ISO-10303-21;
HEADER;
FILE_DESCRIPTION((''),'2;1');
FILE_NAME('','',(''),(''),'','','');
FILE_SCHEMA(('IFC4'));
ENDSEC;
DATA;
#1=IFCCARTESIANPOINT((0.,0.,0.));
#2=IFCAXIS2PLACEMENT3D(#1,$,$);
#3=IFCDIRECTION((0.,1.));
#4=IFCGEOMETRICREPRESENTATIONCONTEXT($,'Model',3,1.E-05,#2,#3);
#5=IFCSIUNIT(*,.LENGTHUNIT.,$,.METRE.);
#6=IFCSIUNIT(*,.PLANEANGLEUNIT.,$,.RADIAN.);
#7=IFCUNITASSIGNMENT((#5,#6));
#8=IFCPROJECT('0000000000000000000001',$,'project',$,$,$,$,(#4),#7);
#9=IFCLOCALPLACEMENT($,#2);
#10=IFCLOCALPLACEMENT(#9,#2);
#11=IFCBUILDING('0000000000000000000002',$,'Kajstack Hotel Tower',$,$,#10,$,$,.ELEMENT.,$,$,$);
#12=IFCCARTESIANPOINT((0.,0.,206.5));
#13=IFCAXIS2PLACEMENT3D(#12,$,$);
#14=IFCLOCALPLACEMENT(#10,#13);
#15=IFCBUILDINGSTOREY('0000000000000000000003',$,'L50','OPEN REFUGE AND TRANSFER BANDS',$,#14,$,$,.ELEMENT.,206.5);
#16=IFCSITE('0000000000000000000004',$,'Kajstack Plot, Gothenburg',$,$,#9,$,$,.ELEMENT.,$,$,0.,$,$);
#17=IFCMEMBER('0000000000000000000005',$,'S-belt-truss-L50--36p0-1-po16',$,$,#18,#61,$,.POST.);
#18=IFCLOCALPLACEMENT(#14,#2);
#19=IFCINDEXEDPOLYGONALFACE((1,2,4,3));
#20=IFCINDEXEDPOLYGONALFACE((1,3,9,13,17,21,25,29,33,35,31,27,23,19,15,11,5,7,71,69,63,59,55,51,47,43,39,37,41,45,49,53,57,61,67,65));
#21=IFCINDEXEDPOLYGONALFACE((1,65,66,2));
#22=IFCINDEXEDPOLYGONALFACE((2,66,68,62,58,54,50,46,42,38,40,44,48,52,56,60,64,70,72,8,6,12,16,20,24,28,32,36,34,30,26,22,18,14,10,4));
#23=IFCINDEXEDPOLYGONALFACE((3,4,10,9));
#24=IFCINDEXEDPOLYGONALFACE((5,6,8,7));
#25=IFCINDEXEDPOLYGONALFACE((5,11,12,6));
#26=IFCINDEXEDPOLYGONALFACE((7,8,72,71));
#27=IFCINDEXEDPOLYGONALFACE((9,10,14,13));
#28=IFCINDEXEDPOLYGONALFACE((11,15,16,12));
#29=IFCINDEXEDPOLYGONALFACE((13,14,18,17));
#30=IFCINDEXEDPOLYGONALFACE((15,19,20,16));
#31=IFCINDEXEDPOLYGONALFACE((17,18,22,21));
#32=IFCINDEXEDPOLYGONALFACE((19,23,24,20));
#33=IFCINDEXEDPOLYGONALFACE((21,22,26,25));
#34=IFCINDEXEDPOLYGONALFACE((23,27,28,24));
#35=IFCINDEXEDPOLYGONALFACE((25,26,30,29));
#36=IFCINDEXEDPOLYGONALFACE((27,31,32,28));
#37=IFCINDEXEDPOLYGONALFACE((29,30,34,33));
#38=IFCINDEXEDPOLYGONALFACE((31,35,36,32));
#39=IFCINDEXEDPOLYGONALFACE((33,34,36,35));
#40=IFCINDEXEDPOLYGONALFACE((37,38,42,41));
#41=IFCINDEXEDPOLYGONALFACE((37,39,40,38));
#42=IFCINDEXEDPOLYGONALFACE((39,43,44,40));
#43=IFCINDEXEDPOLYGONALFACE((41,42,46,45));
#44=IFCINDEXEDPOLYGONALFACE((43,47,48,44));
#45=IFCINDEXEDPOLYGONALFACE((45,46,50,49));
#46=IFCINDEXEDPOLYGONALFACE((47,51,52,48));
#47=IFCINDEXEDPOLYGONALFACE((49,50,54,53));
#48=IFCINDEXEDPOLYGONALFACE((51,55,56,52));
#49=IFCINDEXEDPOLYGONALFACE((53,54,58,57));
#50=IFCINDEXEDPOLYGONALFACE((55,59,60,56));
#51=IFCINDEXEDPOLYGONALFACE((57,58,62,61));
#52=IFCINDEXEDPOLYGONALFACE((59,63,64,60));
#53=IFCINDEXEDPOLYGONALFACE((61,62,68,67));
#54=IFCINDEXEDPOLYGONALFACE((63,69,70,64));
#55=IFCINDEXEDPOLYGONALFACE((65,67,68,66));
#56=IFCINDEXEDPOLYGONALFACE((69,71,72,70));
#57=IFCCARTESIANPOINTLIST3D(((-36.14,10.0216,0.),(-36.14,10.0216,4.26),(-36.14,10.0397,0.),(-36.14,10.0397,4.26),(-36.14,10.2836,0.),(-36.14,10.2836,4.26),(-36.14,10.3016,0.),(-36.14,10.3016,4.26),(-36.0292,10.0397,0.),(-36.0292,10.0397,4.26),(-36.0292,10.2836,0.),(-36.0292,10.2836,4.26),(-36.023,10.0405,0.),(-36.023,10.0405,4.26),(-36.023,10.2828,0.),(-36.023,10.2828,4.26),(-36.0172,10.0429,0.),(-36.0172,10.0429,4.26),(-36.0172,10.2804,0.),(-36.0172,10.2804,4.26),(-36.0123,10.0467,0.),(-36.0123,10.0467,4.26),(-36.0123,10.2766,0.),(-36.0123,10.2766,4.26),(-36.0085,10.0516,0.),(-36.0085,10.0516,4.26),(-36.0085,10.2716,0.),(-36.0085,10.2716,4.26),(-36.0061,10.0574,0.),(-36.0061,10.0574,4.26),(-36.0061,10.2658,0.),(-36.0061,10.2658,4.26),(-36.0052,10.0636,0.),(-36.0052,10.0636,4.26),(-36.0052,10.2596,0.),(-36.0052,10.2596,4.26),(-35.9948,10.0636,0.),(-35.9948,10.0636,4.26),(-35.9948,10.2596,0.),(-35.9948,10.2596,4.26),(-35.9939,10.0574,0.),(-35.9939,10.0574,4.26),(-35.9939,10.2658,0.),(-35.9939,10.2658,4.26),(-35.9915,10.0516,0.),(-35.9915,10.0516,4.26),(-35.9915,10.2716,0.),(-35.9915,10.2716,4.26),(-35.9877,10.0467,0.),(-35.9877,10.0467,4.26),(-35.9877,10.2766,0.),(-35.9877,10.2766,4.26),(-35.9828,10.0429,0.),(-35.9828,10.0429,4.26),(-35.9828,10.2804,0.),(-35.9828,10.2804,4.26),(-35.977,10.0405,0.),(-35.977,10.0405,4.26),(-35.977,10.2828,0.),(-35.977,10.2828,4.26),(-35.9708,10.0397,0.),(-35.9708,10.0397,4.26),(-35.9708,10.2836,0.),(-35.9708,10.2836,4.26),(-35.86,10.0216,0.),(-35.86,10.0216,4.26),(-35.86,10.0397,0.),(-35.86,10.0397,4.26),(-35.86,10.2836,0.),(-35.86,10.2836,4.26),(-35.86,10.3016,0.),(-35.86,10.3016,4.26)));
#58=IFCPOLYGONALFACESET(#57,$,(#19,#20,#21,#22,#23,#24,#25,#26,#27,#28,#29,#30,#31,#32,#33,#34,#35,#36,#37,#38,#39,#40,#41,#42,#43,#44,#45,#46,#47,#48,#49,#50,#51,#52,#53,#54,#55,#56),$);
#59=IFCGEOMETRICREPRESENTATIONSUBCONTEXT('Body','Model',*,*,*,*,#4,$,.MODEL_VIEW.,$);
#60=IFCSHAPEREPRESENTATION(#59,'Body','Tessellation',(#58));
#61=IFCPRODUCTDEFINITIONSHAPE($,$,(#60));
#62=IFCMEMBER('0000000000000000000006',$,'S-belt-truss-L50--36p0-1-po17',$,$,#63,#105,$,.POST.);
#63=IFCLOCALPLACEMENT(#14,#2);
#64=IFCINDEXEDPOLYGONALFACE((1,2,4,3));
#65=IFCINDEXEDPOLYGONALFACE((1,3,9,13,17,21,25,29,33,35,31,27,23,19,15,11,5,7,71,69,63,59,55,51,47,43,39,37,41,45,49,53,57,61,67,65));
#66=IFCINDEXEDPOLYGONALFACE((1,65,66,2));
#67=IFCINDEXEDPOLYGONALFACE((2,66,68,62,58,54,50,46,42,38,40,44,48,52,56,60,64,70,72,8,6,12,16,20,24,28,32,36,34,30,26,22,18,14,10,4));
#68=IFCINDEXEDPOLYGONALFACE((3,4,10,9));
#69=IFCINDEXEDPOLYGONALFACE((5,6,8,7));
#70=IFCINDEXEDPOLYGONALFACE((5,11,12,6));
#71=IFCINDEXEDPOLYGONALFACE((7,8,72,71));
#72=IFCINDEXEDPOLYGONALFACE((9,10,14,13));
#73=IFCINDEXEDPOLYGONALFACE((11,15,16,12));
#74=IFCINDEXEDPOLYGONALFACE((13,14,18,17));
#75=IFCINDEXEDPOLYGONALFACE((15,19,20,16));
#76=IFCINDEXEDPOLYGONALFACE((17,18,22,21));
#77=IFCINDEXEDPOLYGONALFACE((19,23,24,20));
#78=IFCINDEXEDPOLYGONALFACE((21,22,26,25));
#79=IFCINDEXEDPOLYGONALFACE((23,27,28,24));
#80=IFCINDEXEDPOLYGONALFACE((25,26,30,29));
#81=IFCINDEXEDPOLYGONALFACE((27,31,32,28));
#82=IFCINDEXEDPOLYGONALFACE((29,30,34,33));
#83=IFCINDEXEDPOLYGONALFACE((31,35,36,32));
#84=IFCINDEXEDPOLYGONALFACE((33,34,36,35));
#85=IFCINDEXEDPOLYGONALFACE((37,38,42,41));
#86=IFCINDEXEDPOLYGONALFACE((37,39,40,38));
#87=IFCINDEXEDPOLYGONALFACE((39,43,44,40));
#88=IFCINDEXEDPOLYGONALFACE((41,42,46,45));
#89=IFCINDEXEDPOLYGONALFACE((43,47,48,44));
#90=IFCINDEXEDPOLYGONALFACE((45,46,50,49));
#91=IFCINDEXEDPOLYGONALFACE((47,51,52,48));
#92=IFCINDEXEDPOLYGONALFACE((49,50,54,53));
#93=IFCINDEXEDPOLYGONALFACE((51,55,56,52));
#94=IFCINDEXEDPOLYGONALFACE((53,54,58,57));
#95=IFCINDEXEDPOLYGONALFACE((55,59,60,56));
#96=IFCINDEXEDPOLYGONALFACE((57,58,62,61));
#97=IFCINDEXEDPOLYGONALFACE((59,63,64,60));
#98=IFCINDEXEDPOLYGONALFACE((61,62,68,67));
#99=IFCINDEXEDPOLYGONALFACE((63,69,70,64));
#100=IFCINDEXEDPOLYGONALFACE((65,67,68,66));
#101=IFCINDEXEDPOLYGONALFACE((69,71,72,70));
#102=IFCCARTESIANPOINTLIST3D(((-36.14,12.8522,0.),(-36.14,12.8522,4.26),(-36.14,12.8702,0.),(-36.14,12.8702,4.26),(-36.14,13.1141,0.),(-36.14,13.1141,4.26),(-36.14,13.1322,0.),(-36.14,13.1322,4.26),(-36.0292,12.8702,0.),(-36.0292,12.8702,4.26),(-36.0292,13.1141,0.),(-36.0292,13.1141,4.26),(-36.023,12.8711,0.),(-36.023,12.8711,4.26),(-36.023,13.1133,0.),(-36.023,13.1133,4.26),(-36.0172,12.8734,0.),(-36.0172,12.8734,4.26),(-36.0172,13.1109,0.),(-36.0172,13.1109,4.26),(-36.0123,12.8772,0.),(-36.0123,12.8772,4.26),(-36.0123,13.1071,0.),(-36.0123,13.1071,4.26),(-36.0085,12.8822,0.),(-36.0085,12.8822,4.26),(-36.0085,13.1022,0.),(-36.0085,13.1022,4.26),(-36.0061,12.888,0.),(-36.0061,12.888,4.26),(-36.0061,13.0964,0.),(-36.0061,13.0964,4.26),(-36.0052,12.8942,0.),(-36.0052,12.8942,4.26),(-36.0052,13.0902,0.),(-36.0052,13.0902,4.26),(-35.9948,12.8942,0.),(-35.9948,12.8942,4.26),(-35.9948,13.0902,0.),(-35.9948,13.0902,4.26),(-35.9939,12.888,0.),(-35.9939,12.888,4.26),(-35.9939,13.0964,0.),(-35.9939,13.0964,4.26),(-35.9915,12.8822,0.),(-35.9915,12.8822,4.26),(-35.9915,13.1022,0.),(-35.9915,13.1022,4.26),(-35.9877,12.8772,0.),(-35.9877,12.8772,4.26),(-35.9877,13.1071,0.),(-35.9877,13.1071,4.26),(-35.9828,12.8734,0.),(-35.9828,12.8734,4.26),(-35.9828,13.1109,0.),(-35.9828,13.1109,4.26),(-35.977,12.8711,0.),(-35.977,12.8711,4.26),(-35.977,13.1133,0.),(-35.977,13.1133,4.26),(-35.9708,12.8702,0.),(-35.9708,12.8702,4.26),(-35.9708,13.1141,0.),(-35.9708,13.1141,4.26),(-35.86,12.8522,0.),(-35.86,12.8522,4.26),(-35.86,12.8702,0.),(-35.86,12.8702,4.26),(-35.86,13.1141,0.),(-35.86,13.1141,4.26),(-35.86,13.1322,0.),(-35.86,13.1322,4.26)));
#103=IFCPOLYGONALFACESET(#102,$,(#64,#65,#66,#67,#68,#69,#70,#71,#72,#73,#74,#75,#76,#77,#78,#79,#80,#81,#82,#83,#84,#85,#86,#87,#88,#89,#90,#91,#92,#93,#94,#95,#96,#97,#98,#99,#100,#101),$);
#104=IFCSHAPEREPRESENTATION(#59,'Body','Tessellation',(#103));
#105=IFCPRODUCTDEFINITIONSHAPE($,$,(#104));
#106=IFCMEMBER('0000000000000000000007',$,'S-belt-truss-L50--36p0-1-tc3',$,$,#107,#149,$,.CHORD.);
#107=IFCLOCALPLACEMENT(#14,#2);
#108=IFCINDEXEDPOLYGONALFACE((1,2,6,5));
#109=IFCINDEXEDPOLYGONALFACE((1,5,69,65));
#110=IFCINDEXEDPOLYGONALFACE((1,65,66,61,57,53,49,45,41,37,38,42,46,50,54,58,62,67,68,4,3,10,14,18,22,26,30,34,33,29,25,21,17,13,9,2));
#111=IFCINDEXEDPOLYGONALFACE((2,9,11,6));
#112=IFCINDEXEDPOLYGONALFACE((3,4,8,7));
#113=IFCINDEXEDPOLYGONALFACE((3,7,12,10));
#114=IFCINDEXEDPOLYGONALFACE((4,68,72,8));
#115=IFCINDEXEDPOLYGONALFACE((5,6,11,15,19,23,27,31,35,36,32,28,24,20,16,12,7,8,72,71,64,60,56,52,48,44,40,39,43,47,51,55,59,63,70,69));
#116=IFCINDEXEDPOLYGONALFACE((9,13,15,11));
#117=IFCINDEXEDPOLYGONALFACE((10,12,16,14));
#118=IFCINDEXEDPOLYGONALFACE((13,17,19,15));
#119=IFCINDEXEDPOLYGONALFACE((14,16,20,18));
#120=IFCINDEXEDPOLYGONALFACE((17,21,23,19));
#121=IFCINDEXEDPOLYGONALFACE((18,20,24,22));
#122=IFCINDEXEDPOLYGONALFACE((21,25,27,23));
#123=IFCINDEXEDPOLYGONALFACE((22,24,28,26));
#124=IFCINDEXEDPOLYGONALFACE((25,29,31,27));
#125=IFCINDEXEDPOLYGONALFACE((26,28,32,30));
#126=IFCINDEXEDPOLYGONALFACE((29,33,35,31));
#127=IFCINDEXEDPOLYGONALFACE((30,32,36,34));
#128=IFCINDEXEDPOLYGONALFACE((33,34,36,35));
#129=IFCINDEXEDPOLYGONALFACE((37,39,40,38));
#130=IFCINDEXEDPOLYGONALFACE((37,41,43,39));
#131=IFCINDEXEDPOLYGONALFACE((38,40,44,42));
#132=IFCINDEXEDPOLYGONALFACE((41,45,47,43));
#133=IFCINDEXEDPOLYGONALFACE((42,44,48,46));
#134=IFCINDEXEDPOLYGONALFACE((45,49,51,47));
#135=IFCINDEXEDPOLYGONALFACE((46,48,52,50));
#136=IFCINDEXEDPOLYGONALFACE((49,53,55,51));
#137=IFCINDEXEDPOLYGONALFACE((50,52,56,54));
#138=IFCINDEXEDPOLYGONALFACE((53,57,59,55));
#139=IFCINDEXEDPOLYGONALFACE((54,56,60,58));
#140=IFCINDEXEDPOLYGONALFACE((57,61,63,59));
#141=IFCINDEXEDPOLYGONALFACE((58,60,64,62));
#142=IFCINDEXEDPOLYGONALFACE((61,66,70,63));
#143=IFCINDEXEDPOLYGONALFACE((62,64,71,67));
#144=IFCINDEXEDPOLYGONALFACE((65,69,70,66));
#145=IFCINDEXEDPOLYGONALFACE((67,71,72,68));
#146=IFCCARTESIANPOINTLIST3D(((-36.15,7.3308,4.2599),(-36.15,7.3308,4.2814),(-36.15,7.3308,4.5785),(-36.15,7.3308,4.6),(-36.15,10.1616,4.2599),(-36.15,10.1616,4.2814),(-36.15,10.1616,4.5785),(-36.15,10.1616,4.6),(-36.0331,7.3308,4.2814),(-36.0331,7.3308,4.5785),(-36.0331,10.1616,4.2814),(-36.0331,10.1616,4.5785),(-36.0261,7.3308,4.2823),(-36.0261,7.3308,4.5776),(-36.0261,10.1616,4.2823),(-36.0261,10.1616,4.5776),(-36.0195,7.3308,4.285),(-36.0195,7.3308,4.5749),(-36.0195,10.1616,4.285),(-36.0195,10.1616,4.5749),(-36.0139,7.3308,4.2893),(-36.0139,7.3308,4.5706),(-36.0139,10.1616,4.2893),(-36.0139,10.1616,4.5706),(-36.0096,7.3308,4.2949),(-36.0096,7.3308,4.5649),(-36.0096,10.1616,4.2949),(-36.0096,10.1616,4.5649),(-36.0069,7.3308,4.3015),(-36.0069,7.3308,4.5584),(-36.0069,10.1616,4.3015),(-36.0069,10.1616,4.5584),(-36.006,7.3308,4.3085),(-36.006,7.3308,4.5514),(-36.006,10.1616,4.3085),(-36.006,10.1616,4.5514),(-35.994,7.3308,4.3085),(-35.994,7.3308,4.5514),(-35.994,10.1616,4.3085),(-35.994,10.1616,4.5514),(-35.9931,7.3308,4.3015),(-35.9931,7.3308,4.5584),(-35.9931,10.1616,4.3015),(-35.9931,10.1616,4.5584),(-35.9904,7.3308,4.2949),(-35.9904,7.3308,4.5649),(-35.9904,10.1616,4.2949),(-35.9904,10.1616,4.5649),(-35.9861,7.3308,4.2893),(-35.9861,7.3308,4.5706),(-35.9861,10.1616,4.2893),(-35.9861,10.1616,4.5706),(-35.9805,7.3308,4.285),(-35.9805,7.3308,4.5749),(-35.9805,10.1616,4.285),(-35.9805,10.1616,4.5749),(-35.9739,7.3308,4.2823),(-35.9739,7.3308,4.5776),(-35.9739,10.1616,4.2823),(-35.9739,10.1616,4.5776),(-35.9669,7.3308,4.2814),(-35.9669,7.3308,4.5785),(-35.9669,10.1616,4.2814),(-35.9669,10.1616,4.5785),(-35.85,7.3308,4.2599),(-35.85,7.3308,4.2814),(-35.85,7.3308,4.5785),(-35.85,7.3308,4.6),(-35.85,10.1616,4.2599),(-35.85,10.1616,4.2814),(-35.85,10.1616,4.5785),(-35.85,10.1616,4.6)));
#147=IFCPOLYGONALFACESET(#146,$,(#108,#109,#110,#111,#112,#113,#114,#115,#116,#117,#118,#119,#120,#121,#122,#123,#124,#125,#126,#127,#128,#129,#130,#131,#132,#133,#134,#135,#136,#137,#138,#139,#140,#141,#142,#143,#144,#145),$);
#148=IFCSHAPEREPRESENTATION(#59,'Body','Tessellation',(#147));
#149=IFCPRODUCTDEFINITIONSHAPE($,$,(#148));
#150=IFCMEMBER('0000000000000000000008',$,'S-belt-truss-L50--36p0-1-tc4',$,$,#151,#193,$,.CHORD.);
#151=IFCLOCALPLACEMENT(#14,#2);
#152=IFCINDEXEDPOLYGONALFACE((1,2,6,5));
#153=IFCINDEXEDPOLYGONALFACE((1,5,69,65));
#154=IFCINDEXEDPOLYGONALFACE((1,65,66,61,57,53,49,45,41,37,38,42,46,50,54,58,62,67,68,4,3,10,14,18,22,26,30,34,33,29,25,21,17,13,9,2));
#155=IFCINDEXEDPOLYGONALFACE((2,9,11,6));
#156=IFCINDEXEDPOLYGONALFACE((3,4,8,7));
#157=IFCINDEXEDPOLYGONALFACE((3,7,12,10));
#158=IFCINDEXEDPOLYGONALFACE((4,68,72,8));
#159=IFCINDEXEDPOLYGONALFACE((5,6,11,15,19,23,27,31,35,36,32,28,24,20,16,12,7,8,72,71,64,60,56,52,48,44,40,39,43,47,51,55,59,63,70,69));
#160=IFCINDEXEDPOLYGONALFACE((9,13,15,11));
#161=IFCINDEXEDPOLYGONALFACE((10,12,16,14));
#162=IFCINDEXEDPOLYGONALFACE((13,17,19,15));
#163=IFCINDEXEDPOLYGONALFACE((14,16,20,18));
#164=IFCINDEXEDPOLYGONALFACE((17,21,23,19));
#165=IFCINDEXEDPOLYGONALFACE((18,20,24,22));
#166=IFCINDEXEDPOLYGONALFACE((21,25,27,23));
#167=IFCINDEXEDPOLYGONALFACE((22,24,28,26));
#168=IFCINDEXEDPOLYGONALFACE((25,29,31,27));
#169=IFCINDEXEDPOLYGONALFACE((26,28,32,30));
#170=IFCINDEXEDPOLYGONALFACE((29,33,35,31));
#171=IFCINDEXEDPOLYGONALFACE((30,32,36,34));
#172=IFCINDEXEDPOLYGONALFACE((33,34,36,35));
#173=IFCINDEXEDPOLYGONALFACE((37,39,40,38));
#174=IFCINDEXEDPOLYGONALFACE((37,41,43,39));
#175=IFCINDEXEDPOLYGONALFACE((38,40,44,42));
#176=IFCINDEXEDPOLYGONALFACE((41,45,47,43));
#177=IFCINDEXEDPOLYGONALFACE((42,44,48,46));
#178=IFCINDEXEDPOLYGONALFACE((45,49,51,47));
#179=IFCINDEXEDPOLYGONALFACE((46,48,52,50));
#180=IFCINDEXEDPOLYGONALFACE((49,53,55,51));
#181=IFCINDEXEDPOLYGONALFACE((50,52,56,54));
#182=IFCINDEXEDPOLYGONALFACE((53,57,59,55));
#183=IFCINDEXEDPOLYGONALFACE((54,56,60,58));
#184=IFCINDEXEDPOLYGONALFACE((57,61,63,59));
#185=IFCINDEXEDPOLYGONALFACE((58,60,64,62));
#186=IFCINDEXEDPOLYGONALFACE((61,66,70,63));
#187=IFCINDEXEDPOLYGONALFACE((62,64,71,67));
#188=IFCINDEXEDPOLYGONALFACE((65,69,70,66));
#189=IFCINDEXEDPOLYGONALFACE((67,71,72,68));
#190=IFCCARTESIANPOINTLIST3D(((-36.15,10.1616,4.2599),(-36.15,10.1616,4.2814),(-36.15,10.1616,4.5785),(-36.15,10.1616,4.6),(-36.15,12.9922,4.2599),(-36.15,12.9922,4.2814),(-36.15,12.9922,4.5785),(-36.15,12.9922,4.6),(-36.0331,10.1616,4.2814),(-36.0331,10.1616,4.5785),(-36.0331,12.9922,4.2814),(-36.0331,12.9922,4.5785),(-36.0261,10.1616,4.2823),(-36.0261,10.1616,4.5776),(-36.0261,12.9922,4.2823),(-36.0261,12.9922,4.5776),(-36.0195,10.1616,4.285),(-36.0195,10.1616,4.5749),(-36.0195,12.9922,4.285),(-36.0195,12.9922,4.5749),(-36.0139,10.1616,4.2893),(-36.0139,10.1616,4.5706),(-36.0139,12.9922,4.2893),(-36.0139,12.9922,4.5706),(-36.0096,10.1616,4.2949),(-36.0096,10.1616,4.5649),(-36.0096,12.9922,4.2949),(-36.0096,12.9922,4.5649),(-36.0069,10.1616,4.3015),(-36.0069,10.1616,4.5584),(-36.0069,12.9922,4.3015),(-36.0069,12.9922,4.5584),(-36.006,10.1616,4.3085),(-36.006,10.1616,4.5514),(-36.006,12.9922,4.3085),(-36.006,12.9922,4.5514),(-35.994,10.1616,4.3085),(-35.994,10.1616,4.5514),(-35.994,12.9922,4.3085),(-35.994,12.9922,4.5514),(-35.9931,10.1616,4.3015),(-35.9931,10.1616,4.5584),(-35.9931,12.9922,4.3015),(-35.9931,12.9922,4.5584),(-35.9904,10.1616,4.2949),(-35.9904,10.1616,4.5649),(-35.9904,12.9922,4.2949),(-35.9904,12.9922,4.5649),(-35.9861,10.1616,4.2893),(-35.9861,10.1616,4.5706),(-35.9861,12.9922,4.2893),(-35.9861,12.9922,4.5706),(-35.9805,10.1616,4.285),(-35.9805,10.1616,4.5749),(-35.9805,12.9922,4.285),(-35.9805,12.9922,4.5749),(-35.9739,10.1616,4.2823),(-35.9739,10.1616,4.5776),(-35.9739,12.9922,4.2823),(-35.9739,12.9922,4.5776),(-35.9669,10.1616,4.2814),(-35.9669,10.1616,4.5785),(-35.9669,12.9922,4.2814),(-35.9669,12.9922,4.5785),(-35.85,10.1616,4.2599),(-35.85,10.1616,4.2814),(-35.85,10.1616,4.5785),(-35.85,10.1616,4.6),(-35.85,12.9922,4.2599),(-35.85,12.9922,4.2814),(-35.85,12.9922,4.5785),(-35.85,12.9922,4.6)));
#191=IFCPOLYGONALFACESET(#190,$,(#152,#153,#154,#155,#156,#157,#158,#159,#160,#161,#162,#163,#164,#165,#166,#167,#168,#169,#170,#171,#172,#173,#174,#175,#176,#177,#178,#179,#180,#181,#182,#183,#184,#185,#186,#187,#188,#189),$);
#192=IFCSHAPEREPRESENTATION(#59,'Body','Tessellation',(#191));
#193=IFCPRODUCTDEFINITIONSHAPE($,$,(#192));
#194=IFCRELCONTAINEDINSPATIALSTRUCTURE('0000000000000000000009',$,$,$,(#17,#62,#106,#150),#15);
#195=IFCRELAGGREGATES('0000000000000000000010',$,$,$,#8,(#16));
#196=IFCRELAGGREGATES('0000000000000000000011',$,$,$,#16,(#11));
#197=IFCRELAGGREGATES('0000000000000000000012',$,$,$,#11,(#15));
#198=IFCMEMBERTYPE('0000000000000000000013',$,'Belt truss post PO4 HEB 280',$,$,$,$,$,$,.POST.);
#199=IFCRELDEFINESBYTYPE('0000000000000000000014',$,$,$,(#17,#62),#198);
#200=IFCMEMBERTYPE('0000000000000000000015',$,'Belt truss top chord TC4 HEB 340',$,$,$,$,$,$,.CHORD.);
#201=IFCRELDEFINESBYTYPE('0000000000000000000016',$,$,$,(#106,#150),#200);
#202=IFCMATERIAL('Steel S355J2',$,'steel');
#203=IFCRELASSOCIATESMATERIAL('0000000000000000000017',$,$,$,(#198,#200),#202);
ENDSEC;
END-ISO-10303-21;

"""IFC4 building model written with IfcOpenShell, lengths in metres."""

from ifc_helpers import new_model, si_unit, direction, frame, origin, origin_2d, place, context, subcontext, project, spatial, i_section, extrude, material, material_profile, profile_set, type_object, element, save


model = new_model("IFC4")

# Units and contexts
model_context = context("Model", 3, precision=1e-05, world=origin(), true_north=direction((0.0, 1.0)))
body_context = subcontext(model_context, "Body", "Model", "MODEL_VIEW")
ifc_project = project(units=[si_unit("LENGTHUNIT", "METRE"), si_unit("PLANEANGLEUNIT", "RADIAN")], contexts=[model_context])

# Site, building, storey
site_placement = place(None, origin())
site = spatial("IfcSite", under=ifc_project, at=site_placement, Name="Kajstack Plot, Gothenburg", CompositionType="ELEMENT", RefElevation=0.0)
building_placement = place(site_placement, origin())
building = spatial("IfcBuilding", under=site, at=building_placement, Name="Kajstack Hotel Tower", CompositionType="ELEMENT")
storey_placement = place(building_placement, frame((0.0, 0.0, 206.5)))
storey = spatial("IfcBuildingStorey", under=building, at=storey_placement, Name="L50", Description="OPEN REFUGE AND TRANSFER BANDS", CompositionType="ELEMENT", Elevation=206.5)

# Members
ifc_material = material(Name="Steel S355J2", Category="steel")
ifc_material_profile_1 = material_profile(ifc_material, i_section(OverallWidth=0.28, OverallDepth=0.28, WebThickness=0.0105, FlangeThickness=0.0181, FilletRadius=0.0239, at=origin_2d()), Name="HEB 280")
ifc_profile_set_1 = profile_set([ifc_material_profile_1], Name="Steel S355J2")
member_type_1 = type_object("IfcMemberType", Name="Belt truss post PO4 HEB 280", PredefinedType="POST", material=ifc_profile_set_1)
for number, where, z_axis, x_axis, name in (
    (1, (-36.0, 10.1616, 0.0), (0.0, 0.0, 1.0), (1.0, 0.0, 0.0), "S-belt-truss-L50--36p0-1-po16"),
    (2, (-36.0, 12.9922, 0.0), (0.0, 0.0, 1.0), (1.0, 0.0, 0.0), "S-belt-truss-L50--36p0-1-po17"),
):
    element("IfcMember", number, at=place(storey_placement, frame(where, z_axis=z_axis, x_axis=x_axis)), inside=storey, type_object=member_type_1, Name=name, PredefinedType="POST", context=body_context, shape_type="SweptSolid", body=[
        extrude(i_section(OverallWidth=0.28, OverallDepth=0.28, WebThickness=0.0105, FlangeThickness=0.0181, FilletRadius=0.0239, at=origin_2d()), origin(), (0.0, 0.0, 1.0), 4.26),
    ])
ifc_material_profile_2 = material_profile(ifc_material, i_section(OverallWidth=0.3, OverallDepth=0.3401, WebThickness=0.012, FlangeThickness=0.0215, FilletRadius=0.0271, at=origin_2d()), Name="HEB 340")
ifc_profile_set_2 = profile_set([ifc_material_profile_2], Name="Steel S355J2")
member_type_2 = type_object("IfcMemberType", Name="Belt truss top chord TC4 HEB 340", PredefinedType="CHORD", material=ifc_profile_set_2)
member_1_placement = place(storey_placement, frame((-36.0, 7.3308, 4.4299), z_axis=(0.0, 1.0, 0.0), x_axis=(-1.0, 0.0, 0.0)))
element("IfcMember", 3, at=member_1_placement, inside=storey, type_object=member_type_2, Name="S-belt-truss-L50--36p0-1-tc3", PredefinedType="CHORD", context=body_context, shape_type="SweptSolid", body=[
    extrude(i_section(OverallWidth=0.3, OverallDepth=0.3401, WebThickness=0.012, FlangeThickness=0.0215, FilletRadius=0.0271, at=origin_2d()), origin(), (0.0, 0.0, 1.0), 2.8308),
])
member_2_placement = place(storey_placement, frame((-36.0, 10.1616, 4.4299), z_axis=(0.0, 1.0, 0.0), x_axis=(-1.0, 0.0, 0.0)))
element("IfcMember", 4, at=member_2_placement, inside=storey, type_object=member_type_2, Name="S-belt-truss-L50--36p0-1-tc4", PredefinedType="CHORD", context=body_context, shape_type="SweptSolid", body=[
    extrude(i_section(OverallWidth=0.3, OverallDepth=0.3401, WebThickness=0.012, FlangeThickness=0.0215, FilletRadius=0.0271, at=origin_2d()), origin(), (0.0, 0.0, 1.0), 2.8306),
])

save(model, "model.ifc")
